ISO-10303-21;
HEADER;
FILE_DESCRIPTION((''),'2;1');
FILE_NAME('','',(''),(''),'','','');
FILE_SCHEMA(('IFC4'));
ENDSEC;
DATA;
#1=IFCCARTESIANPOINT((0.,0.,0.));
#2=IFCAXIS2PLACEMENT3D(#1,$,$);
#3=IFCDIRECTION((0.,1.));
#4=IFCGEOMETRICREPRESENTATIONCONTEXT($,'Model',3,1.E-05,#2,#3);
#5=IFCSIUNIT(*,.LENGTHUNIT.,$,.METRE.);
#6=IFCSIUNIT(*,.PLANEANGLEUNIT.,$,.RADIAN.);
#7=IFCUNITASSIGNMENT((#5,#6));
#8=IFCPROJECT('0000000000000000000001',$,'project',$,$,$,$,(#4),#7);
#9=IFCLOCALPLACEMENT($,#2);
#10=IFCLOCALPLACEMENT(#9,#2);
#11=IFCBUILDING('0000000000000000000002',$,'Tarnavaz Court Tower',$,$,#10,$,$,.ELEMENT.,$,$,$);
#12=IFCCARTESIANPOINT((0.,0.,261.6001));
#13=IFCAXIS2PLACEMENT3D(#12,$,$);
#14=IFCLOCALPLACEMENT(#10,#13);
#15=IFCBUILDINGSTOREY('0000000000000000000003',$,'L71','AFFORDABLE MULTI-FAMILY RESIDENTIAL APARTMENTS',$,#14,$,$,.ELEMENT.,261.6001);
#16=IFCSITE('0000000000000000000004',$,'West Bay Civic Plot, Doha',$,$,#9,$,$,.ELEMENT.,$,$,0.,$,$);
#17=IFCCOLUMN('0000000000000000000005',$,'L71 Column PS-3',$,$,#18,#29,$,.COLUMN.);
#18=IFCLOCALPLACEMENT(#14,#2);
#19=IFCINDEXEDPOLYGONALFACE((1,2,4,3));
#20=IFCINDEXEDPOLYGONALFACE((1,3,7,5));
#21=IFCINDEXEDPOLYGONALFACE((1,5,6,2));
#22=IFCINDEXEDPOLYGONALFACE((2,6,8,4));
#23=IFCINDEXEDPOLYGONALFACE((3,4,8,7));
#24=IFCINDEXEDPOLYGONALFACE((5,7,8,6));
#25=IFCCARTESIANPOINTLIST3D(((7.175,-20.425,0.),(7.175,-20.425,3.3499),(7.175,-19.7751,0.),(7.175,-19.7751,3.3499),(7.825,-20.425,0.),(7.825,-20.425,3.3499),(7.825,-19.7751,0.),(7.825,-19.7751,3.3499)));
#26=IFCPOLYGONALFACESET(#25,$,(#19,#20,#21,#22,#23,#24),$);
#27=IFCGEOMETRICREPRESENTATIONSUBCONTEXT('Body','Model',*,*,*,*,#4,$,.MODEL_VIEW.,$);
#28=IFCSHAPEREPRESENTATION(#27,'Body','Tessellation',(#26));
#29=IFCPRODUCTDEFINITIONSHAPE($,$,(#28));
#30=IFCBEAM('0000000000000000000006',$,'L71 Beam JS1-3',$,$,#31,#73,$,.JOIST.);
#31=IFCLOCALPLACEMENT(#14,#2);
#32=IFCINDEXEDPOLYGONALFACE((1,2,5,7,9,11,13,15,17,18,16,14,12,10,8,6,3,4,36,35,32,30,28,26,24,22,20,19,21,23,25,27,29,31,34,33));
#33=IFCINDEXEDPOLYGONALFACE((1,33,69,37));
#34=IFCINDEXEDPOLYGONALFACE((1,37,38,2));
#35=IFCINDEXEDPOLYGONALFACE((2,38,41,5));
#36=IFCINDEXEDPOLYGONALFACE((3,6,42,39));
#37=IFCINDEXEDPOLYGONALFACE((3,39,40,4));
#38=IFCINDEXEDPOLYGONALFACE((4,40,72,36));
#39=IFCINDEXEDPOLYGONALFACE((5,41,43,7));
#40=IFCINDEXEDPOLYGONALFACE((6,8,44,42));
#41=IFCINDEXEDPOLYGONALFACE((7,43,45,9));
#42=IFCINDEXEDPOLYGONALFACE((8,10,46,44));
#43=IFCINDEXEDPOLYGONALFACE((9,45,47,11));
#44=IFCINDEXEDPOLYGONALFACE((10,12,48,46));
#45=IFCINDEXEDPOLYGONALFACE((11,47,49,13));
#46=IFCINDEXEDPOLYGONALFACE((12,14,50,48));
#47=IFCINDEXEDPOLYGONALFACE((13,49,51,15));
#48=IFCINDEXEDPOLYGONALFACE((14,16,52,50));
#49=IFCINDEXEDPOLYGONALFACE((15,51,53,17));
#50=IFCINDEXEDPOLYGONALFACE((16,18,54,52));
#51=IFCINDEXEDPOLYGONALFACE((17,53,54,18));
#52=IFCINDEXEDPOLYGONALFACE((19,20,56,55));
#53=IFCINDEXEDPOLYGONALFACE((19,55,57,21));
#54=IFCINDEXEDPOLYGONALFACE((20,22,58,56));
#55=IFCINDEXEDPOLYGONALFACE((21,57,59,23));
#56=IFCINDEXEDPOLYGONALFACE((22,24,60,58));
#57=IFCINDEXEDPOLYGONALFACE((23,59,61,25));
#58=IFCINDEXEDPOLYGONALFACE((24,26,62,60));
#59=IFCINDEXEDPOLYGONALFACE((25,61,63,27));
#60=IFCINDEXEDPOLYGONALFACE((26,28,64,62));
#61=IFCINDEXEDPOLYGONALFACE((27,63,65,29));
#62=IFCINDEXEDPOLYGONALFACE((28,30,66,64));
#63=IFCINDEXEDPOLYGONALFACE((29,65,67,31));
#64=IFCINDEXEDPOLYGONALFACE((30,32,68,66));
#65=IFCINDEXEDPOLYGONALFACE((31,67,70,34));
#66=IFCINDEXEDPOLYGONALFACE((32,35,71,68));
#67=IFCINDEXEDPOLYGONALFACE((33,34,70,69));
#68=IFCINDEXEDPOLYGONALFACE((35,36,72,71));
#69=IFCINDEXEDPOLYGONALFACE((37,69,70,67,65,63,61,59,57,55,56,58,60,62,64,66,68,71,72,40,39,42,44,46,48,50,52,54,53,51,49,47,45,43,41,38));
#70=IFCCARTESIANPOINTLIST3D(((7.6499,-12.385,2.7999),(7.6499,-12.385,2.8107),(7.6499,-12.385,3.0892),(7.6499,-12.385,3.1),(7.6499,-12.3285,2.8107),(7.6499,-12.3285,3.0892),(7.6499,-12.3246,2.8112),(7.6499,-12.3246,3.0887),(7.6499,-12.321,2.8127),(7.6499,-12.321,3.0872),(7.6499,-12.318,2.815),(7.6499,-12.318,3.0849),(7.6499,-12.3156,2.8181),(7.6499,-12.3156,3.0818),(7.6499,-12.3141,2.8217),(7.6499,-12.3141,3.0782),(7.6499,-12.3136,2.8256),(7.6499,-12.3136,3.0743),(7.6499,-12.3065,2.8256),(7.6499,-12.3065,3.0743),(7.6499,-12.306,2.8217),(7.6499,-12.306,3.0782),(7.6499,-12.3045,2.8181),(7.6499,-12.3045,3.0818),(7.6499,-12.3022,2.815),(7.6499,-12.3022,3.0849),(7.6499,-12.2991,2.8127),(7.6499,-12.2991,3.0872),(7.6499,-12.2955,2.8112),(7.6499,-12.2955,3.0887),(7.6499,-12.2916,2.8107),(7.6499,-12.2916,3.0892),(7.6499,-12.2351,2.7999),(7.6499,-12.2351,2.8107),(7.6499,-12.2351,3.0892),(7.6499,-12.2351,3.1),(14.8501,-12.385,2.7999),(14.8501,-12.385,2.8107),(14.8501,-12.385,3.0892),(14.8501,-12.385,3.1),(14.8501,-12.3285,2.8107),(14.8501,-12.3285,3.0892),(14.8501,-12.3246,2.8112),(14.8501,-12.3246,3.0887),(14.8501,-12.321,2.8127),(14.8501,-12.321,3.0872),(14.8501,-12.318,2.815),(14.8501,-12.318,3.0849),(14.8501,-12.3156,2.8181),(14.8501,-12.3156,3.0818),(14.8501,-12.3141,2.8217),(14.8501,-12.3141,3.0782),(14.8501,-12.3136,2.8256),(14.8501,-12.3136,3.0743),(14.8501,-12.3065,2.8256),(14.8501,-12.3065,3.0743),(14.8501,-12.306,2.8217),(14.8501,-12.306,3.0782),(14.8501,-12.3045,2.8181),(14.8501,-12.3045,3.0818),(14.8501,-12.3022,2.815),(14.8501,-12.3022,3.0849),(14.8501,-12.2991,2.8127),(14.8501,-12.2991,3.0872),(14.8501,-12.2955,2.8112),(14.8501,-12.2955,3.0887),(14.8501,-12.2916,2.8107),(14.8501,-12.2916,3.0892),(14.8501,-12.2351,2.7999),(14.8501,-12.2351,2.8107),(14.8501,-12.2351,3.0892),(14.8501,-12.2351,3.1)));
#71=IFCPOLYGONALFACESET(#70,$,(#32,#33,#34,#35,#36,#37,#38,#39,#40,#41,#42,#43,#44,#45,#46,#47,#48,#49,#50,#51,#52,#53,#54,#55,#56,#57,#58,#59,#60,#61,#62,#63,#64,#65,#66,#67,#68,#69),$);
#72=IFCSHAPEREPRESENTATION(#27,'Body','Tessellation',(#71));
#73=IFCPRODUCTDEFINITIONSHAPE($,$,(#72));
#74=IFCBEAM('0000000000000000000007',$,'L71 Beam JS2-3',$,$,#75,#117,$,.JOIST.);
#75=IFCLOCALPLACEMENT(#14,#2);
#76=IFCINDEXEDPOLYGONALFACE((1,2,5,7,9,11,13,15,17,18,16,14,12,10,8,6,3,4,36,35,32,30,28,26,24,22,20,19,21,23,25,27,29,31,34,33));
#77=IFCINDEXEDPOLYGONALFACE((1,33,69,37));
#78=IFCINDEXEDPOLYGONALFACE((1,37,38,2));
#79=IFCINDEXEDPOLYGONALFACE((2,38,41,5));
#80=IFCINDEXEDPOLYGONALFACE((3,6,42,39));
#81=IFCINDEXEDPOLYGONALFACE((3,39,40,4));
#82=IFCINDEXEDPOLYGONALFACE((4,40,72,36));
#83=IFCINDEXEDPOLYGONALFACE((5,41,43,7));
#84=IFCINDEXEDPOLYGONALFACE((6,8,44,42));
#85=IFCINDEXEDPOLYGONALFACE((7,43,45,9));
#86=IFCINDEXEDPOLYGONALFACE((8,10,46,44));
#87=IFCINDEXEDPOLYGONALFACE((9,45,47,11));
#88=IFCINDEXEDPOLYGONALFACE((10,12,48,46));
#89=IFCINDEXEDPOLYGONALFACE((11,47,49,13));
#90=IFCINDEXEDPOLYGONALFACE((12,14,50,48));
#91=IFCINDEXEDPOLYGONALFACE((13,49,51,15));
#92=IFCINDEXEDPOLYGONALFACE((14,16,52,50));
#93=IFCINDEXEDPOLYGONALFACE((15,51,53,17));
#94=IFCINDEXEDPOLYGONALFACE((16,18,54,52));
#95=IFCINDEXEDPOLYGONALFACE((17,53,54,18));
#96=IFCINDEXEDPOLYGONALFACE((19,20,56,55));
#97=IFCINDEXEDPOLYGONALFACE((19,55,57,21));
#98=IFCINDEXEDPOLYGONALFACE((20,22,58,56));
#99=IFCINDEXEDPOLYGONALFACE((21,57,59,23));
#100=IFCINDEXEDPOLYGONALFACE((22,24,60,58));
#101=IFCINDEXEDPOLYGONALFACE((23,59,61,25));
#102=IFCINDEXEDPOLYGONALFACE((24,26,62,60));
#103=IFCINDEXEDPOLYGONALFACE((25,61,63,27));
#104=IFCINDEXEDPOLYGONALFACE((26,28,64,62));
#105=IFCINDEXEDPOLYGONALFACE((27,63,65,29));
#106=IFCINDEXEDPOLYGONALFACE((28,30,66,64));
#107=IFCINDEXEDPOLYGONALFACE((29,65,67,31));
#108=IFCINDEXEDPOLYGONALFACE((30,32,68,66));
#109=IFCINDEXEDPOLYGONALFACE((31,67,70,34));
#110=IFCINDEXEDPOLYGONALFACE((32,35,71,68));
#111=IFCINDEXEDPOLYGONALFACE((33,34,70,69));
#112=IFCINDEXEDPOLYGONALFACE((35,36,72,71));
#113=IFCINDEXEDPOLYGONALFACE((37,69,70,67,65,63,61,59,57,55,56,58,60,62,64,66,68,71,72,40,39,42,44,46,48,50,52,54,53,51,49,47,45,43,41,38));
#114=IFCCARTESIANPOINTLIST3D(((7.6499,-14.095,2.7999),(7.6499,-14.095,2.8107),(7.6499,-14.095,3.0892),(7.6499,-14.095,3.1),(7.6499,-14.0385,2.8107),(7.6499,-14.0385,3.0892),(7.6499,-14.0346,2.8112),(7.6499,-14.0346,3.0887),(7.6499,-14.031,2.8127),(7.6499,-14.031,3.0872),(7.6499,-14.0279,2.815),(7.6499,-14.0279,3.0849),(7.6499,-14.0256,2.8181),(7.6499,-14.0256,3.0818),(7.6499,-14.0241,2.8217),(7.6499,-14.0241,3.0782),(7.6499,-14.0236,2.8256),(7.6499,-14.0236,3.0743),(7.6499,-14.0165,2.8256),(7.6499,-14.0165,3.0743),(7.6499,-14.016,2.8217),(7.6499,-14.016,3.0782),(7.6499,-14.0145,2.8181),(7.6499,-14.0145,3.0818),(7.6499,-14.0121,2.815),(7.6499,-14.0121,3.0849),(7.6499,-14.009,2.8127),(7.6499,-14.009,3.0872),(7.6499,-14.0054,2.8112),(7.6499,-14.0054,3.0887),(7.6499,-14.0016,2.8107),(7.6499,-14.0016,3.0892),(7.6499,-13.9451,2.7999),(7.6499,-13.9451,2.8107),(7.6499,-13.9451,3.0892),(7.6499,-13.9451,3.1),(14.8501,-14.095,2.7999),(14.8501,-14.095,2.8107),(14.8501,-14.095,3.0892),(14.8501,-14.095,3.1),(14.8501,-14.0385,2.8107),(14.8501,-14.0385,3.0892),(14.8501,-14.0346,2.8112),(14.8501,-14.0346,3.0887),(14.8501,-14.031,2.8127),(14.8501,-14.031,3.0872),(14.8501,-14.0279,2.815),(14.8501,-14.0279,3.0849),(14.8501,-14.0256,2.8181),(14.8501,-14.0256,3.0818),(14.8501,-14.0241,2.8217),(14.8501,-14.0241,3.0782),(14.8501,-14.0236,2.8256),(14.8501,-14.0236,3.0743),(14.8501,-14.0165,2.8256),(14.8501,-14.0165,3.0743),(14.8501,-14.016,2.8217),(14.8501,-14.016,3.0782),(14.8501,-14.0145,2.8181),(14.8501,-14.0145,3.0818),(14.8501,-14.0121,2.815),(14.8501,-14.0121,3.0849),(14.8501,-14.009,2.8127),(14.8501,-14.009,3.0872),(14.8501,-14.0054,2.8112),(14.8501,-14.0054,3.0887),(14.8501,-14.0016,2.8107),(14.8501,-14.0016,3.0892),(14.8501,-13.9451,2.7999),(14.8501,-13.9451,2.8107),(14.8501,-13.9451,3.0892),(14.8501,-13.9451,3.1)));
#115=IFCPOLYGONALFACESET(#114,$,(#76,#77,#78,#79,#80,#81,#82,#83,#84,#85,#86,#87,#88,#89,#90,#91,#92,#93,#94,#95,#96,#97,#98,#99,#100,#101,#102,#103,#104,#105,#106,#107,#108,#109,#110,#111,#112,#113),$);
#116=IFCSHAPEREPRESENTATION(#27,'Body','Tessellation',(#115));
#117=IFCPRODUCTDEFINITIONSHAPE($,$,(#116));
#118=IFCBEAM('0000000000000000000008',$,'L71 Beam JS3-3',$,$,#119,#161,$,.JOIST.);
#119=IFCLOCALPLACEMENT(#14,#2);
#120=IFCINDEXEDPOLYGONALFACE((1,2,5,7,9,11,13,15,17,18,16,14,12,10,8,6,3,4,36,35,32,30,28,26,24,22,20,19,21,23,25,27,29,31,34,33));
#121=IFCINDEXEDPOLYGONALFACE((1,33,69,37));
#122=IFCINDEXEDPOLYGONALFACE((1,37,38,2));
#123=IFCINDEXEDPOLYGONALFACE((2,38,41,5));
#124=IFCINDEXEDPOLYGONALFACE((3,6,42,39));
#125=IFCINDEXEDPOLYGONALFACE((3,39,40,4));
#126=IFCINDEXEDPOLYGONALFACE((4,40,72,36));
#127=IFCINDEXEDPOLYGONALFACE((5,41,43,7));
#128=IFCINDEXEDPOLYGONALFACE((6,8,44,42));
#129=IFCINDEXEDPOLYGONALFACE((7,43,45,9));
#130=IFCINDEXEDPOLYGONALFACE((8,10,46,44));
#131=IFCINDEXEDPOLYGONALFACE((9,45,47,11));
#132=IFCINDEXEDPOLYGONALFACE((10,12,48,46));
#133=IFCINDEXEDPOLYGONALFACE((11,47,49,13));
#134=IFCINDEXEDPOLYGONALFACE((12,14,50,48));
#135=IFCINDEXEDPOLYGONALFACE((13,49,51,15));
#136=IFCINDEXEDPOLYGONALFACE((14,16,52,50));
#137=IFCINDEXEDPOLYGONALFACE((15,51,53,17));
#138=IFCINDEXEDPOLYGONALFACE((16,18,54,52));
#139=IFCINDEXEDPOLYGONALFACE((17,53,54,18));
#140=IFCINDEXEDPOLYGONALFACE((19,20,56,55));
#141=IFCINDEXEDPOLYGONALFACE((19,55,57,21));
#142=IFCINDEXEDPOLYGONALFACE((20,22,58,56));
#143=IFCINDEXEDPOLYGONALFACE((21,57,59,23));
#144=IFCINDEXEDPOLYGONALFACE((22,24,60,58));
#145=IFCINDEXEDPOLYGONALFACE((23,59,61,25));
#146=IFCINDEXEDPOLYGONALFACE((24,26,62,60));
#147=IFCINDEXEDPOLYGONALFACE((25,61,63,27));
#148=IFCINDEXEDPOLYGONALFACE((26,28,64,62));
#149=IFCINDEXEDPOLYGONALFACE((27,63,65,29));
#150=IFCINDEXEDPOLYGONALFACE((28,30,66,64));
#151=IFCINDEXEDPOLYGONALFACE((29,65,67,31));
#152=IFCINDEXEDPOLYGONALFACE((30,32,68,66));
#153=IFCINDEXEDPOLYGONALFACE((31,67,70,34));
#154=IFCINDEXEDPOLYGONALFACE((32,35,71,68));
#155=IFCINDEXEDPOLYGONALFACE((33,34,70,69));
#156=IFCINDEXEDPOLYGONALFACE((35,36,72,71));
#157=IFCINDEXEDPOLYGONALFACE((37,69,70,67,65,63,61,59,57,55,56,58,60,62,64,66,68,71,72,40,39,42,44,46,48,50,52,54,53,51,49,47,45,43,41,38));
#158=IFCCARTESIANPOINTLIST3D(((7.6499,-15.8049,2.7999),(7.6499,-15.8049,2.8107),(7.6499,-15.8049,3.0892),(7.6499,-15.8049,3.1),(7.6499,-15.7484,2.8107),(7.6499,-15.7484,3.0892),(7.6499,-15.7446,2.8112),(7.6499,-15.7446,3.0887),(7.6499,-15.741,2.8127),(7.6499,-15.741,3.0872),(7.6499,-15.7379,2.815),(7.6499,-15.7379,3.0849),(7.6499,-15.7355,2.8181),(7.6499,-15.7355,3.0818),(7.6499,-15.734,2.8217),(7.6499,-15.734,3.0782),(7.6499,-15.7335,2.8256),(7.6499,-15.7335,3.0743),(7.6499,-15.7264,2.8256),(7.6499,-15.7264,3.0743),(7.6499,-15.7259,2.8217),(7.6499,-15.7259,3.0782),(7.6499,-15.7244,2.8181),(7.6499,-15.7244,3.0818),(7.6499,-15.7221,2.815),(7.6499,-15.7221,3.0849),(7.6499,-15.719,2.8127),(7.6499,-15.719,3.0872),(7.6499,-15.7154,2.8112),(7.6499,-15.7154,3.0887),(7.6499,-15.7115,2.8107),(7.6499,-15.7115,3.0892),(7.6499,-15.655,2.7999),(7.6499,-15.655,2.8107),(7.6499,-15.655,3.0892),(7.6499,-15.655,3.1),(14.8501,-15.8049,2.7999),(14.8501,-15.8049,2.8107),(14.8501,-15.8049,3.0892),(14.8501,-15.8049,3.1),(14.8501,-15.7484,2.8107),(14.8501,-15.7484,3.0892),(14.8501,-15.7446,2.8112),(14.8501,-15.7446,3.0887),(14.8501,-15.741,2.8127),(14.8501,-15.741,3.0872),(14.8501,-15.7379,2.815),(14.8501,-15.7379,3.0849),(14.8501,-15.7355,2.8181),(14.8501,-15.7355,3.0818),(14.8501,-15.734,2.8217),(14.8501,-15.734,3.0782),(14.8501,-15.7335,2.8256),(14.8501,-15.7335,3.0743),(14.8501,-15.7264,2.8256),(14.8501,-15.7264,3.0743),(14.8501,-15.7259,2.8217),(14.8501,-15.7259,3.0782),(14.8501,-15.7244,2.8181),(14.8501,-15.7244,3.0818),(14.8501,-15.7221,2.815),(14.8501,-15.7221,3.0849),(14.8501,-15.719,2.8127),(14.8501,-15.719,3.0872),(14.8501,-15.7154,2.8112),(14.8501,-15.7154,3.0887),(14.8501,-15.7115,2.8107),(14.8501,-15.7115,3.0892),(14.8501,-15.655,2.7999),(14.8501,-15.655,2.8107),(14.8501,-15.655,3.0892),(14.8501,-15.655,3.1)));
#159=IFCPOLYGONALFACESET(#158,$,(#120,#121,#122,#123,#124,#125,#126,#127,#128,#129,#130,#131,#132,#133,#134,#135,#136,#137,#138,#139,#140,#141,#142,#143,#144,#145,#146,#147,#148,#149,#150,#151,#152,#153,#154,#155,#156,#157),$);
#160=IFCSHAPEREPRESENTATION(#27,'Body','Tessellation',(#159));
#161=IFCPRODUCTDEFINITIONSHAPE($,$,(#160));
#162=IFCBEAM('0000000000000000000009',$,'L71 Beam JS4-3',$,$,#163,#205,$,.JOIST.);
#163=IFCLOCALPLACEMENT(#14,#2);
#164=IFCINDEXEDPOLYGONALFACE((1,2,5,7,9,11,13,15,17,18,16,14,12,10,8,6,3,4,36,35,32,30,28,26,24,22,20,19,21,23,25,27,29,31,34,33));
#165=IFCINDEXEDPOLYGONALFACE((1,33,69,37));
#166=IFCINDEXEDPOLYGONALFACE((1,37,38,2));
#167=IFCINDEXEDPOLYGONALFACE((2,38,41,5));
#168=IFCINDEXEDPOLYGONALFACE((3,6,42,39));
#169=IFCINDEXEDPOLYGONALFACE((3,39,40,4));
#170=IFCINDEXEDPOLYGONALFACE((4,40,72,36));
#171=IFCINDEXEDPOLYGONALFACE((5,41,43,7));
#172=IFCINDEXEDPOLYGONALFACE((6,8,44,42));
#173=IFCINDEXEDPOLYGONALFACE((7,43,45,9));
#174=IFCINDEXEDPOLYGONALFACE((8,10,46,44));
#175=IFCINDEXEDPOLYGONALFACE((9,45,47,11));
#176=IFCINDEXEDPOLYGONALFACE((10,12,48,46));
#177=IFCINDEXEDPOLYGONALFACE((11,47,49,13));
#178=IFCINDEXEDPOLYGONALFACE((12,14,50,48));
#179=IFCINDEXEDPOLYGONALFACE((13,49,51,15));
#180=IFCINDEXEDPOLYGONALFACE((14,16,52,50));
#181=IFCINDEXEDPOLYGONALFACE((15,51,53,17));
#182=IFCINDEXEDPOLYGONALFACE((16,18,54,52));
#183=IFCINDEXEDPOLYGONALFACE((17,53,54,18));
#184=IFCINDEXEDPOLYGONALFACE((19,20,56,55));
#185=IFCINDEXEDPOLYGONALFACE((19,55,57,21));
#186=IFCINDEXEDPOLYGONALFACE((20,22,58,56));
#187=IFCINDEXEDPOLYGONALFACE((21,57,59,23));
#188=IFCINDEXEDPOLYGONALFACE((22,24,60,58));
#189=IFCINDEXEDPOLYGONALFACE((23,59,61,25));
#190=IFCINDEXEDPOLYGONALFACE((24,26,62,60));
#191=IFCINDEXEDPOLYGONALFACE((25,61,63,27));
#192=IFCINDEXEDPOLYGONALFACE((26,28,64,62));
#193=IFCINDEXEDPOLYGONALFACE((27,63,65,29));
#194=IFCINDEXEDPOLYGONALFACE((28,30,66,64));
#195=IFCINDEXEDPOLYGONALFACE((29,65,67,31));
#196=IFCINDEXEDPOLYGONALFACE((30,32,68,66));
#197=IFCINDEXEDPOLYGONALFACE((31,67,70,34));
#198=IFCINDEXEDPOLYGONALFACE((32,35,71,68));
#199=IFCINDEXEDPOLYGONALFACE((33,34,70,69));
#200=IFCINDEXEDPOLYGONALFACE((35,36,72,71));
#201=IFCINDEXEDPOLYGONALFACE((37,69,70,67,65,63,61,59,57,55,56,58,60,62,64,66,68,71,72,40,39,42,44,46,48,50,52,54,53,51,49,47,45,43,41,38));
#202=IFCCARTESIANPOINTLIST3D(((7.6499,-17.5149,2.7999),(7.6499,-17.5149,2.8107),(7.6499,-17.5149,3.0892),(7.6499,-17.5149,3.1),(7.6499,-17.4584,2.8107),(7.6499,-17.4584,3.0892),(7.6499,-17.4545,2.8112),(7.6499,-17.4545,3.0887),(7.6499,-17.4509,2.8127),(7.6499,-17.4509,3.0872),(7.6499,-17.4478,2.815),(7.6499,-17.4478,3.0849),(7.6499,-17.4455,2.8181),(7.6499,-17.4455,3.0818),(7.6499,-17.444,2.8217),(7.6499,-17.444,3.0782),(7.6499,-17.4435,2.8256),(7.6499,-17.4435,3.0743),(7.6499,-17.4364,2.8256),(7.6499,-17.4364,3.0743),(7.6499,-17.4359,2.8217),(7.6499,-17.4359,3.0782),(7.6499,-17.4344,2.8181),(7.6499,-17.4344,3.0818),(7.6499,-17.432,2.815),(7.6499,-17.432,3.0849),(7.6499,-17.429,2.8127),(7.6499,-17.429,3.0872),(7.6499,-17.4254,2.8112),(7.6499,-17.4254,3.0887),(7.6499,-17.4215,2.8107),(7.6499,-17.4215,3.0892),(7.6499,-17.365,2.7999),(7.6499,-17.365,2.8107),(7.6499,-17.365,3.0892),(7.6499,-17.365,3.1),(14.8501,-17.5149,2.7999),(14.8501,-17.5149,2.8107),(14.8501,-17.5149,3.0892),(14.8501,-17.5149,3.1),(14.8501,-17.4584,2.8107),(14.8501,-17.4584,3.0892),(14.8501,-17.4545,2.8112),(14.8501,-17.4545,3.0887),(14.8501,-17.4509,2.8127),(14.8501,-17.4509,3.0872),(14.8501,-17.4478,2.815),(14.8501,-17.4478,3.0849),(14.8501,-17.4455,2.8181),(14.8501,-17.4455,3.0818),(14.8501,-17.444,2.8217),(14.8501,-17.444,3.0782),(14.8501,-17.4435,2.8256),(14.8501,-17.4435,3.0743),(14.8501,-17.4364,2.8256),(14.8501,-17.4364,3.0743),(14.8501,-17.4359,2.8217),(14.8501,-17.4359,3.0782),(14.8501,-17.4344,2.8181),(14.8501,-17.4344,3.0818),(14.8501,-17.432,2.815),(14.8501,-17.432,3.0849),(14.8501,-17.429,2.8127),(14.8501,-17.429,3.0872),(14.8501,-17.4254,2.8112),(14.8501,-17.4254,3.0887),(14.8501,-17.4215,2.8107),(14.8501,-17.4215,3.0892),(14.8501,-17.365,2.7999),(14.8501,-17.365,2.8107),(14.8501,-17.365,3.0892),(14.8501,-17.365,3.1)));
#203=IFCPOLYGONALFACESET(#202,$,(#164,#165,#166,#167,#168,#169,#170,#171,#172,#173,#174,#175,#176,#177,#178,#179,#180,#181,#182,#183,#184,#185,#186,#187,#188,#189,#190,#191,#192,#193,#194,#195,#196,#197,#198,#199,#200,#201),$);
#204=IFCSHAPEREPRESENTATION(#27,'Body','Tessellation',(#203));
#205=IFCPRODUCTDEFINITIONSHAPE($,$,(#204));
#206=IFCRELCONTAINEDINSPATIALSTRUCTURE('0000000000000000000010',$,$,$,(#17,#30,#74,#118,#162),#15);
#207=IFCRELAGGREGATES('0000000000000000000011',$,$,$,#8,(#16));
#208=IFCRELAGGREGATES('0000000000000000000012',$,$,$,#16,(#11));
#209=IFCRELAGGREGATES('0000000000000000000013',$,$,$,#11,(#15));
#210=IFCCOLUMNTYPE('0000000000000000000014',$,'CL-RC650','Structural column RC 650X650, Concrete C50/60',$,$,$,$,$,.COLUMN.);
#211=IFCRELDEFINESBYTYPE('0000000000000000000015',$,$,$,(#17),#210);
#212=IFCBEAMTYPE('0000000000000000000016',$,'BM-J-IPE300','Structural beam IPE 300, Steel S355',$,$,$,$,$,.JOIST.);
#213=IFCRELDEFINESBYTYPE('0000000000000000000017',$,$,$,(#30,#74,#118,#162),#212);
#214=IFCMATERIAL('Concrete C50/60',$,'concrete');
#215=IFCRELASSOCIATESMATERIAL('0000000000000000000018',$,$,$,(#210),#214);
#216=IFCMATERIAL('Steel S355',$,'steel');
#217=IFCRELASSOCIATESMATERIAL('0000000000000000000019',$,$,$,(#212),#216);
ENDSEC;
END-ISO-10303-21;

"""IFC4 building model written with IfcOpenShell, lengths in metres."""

from ifc_helpers import new_model, si_unit, direction, frame, origin, origin_2d, place, context, subcontext, project, spatial, rectangle, i_section, extrude, material, material_profile, profile_set, type_object, element, save


model = new_model("IFC4")

# Units and contexts
model_context = context("Model", 3, precision=1e-05, world=origin(), true_north=direction((0.0, 1.0)))
body_context = subcontext(model_context, "Body", "Model", "MODEL_VIEW")
ifc_project = project(units=[si_unit("LENGTHUNIT", "METRE"), si_unit("PLANEANGLEUNIT", "RADIAN")], contexts=[model_context])

# Site, building, storey
site_placement = place(None, origin())
site = spatial("IfcSite", under=ifc_project, at=site_placement, Name="West Bay Civic Plot, Doha", CompositionType="ELEMENT", RefElevation=0.0)
building_placement = place(site_placement, origin())
building = spatial("IfcBuilding", under=site, at=building_placement, Name="Tarnavaz Court Tower", CompositionType="ELEMENT")
storey_placement = place(building_placement, frame((0.0, 0.0, 261.6001)))
storey = spatial("IfcBuildingStorey", under=building, at=storey_placement, Name="L71", Description="AFFORDABLE MULTI-FAMILY RESIDENTIAL APARTMENTS", CompositionType="ELEMENT", Elevation=261.6001)

# Column
ifc_material_1 = material(Name="Concrete C50/60", Category="concrete")
ifc_material_profile_1 = material_profile(ifc_material_1, rectangle(XDim=0.6499, YDim=0.6499, at=origin_2d()), Name="RC 650X650")
ifc_profile_set_1 = profile_set([ifc_material_profile_1], Name="Concrete C50/60")
column_type = type_object("IfcColumnType", Name="CL-RC650", Description="Structural column RC 650X650, Concrete C50/60", PredefinedType="COLUMN", material=ifc_profile_set_1)
column_placement = place(storey_placement, frame((7.5, -20.1001, 0.0), z_axis=(0.0, 0.0, 1.0), x_axis=(1.0, 0.0, 0.0)))
element("IfcColumn", 1, at=column_placement, inside=storey, type_object=column_type, Name="L71 Column PS-3", PredefinedType="COLUMN", context=body_context, shape_type="SweptSolid", body=[
    extrude(rectangle(XDim=0.6499, YDim=0.6499, at=origin_2d()), origin(), (0.0, 0.0, 1.0), 3.3499),
])

# Beams
ifc_material_2 = material(Name="Steel S355", Category="steel")
ifc_material_profile_2 = material_profile(ifc_material_2, i_section(OverallWidth=0.1499, OverallDepth=0.3, WebThickness=0.0071, FlangeThickness=0.0107, FilletRadius=0.0149, at=origin_2d()), Name="IPE 300")
ifc_profile_set_2 = profile_set([ifc_material_profile_2], Name="Steel S355")
beam_type = type_object("IfcBeamType", Name="BM-J-IPE300", Description="Structural beam IPE 300, Steel S355", PredefinedType="JOIST", material=ifc_profile_set_2)
for number, where, z_axis, x_axis, name in (
    (2, (7.6499, -12.3101, 2.95), (1.0, 0.0, 0.0), (0.0, 1.0, 0.0), "L71 Beam JS1-3"),
    (3, (7.6499, -14.02, 2.95), (1.0, 0.0, 0.0), (0.0, 1.0, 0.0), "L71 Beam JS2-3"),
    (4, (7.6499, -15.73, 2.95), (1.0, 0.0, 0.0), (0.0, 1.0, 0.0), "L71 Beam JS3-3"),
    (5, (7.6499, -17.4399, 2.95), (1.0, 0.0, 0.0), (0.0, 1.0, 0.0), "L71 Beam JS4-3"),
):
    element("IfcBeam", number, at=place(storey_placement, frame(where, z_axis=z_axis, x_axis=x_axis)), inside=storey, type_object=beam_type, Name=name, PredefinedType="JOIST", context=body_context, shape_type="SweptSolid", body=[
        extrude(i_section(OverallWidth=0.1499, OverallDepth=0.3, WebThickness=0.0071, FlangeThickness=0.0107, FilletRadius=0.0149, at=origin_2d()), origin(), (0.0, 0.0, 1.0), 7.2002),
    ])

save(model, "model.ifc")
